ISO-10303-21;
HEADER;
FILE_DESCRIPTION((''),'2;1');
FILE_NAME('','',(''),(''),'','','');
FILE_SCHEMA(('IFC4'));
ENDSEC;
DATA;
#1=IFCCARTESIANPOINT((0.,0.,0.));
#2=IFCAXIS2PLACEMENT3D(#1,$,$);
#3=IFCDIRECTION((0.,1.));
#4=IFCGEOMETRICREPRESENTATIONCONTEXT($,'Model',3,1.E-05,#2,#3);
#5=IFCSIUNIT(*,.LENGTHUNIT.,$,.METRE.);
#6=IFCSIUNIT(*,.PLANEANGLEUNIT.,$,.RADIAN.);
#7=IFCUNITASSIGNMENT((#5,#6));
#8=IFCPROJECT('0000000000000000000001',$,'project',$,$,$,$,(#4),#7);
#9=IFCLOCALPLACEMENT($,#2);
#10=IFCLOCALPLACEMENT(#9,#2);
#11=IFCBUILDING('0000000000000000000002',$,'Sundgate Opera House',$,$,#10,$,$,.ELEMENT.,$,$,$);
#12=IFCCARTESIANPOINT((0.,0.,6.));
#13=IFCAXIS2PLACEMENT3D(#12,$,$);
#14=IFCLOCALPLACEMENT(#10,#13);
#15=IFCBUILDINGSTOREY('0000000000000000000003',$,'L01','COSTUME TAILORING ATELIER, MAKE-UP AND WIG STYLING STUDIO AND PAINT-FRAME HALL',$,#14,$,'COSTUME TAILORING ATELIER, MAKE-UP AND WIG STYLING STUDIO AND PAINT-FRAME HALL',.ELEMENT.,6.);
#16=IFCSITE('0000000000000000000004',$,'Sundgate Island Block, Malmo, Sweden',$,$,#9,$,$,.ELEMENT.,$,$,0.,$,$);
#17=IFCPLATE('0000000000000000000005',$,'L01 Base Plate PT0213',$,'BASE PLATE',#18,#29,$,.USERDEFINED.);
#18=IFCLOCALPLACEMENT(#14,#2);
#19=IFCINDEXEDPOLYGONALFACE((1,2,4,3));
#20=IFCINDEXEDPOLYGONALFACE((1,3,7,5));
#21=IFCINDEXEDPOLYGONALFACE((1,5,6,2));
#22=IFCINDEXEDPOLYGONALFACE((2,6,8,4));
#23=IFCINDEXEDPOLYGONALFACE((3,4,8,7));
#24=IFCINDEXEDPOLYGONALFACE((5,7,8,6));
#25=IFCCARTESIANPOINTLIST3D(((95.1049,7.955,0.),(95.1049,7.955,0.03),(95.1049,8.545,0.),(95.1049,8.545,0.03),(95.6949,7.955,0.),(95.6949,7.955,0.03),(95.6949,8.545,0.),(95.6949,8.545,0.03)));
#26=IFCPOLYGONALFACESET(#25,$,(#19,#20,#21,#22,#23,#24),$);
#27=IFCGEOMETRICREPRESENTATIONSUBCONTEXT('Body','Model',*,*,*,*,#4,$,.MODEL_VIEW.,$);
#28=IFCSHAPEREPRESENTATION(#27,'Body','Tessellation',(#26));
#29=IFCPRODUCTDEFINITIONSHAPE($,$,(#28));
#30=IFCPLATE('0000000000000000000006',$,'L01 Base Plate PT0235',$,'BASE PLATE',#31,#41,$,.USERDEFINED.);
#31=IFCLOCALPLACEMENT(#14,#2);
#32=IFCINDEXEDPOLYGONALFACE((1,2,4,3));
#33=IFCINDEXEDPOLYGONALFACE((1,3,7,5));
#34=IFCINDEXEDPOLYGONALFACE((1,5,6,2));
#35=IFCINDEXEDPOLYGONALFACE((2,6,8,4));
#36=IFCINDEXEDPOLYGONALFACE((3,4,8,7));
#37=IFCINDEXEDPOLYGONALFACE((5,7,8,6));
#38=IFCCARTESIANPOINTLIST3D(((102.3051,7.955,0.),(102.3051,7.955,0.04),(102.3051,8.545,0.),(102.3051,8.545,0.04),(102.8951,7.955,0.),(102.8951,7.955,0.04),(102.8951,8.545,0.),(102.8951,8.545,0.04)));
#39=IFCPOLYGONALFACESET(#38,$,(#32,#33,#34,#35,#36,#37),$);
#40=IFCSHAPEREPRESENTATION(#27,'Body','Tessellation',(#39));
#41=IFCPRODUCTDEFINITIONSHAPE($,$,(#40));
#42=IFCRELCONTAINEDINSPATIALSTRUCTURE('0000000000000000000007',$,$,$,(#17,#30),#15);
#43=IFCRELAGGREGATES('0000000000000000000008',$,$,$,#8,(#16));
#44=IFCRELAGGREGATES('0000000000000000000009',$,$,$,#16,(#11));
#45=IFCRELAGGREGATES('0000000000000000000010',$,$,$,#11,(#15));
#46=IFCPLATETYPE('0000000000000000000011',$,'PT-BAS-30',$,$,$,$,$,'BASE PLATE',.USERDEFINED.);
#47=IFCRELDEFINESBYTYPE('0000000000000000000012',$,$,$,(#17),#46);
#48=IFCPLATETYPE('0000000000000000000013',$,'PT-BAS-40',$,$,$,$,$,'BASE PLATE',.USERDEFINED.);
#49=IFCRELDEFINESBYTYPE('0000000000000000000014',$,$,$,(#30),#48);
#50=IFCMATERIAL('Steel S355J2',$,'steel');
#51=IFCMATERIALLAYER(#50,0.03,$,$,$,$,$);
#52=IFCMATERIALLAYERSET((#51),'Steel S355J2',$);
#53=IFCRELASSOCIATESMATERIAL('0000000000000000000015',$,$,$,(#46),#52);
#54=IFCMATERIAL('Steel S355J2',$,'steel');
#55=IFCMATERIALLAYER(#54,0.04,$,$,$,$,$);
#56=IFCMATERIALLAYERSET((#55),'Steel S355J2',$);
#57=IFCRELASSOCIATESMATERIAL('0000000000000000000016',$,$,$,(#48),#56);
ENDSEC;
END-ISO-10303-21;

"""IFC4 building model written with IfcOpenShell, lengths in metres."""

from ifc_helpers import new_model, si_unit, direction, frame, origin, origin_2d, place, context, subcontext, project, spatial, rectangle, extrude, material, layer, layer_set, type_object, element, save


model = new_model("IFC4")

# Units and contexts
model_context = context("Model", 3, precision=1e-05, world=origin(), true_north=direction((0.0, 1.0)))
body_context = subcontext(model_context, "Body", "Model", "MODEL_VIEW")
ifc_project = project(units=[si_unit("LENGTHUNIT", "METRE"), si_unit("PLANEANGLEUNIT", "RADIAN")], contexts=[model_context])

# Site, building, storey
site_placement = place(None, origin())
site = spatial("IfcSite", under=ifc_project, at=site_placement, Name="Sundgate Island Block, Malmo, Sweden", CompositionType="ELEMENT", RefElevation=0.0)
building_placement = place(site_placement, origin())
building = spatial("IfcBuilding", under=site, at=building_placement, Name="Sundgate Opera House", CompositionType="ELEMENT")
storey_placement = place(building_placement, frame((0.0, 0.0, 6.0)))
storey = spatial("IfcBuildingStorey", under=building, at=storey_placement, Name="L01", Description="COSTUME TAILORING ATELIER, MAKE-UP AND WIG STYLING STUDIO AND PAINT-FRAME HALL", LongName="COSTUME TAILORING ATELIER, MAKE-UP AND WIG STYLING STUDIO AND PAINT-FRAME HALL", CompositionType="ELEMENT", Elevation=6.0)

# Plates
ifc_material_1 = material(Name="Steel S355J2", Category="steel")
ifc_layer_1 = layer(ifc_material_1, 0.03)
ifc_layer_set_1 = layer_set([ifc_layer_1], Name="Steel S355J2")
plate_type_1 = type_object("IfcPlateType", Name="PT-BAS-30", ElementType="BASE PLATE", PredefinedType="USERDEFINED", material=ifc_layer_set_1)
plate_1_placement = place(storey_placement, frame((95.3999, 8.25, 0.0), z_axis=(0.0, 0.0, 1.0), x_axis=(1.0, 0.0, 0.0)))
element("IfcPlate", 1, at=plate_1_placement, inside=storey, type_object=plate_type_1, Name="L01 Base Plate PT0213", ObjectType="BASE PLATE", PredefinedType="USERDEFINED", context=body_context, shape_type="SweptSolid", body=[
    extrude(rectangle(XDim=0.5901, YDim=0.5901, at=origin_2d()), origin(), (0.0, 0.0, 1.0), 0.03),
])
ifc_material_2 = material(Name="Steel S355J2", Category="steel")
ifc_layer_2 = layer(ifc_material_2, 0.04)
ifc_layer_set_2 = layer_set([ifc_layer_2], Name="Steel S355J2")
plate_type_2 = type_object("IfcPlateType", Name="PT-BAS-40", ElementType="BASE PLATE", PredefinedType="USERDEFINED", material=ifc_layer_set_2)
plate_2_placement = place(storey_placement, frame((102.6001, 8.25, 0.0), z_axis=(0.0, 0.0, 1.0), x_axis=(1.0, 0.0, 0.0)))
element("IfcPlate", 2, at=plate_2_placement, inside=storey, type_object=plate_type_2, Name="L01 Base Plate PT0235", ObjectType="BASE PLATE", PredefinedType="USERDEFINED", context=body_context, shape_type="SweptSolid", body=[
    extrude(rectangle(XDim=0.5901, YDim=0.5901, at=origin_2d()), origin(), (0.0, 0.0, 1.0), 0.04),
])

save(model, "model.ifc")
